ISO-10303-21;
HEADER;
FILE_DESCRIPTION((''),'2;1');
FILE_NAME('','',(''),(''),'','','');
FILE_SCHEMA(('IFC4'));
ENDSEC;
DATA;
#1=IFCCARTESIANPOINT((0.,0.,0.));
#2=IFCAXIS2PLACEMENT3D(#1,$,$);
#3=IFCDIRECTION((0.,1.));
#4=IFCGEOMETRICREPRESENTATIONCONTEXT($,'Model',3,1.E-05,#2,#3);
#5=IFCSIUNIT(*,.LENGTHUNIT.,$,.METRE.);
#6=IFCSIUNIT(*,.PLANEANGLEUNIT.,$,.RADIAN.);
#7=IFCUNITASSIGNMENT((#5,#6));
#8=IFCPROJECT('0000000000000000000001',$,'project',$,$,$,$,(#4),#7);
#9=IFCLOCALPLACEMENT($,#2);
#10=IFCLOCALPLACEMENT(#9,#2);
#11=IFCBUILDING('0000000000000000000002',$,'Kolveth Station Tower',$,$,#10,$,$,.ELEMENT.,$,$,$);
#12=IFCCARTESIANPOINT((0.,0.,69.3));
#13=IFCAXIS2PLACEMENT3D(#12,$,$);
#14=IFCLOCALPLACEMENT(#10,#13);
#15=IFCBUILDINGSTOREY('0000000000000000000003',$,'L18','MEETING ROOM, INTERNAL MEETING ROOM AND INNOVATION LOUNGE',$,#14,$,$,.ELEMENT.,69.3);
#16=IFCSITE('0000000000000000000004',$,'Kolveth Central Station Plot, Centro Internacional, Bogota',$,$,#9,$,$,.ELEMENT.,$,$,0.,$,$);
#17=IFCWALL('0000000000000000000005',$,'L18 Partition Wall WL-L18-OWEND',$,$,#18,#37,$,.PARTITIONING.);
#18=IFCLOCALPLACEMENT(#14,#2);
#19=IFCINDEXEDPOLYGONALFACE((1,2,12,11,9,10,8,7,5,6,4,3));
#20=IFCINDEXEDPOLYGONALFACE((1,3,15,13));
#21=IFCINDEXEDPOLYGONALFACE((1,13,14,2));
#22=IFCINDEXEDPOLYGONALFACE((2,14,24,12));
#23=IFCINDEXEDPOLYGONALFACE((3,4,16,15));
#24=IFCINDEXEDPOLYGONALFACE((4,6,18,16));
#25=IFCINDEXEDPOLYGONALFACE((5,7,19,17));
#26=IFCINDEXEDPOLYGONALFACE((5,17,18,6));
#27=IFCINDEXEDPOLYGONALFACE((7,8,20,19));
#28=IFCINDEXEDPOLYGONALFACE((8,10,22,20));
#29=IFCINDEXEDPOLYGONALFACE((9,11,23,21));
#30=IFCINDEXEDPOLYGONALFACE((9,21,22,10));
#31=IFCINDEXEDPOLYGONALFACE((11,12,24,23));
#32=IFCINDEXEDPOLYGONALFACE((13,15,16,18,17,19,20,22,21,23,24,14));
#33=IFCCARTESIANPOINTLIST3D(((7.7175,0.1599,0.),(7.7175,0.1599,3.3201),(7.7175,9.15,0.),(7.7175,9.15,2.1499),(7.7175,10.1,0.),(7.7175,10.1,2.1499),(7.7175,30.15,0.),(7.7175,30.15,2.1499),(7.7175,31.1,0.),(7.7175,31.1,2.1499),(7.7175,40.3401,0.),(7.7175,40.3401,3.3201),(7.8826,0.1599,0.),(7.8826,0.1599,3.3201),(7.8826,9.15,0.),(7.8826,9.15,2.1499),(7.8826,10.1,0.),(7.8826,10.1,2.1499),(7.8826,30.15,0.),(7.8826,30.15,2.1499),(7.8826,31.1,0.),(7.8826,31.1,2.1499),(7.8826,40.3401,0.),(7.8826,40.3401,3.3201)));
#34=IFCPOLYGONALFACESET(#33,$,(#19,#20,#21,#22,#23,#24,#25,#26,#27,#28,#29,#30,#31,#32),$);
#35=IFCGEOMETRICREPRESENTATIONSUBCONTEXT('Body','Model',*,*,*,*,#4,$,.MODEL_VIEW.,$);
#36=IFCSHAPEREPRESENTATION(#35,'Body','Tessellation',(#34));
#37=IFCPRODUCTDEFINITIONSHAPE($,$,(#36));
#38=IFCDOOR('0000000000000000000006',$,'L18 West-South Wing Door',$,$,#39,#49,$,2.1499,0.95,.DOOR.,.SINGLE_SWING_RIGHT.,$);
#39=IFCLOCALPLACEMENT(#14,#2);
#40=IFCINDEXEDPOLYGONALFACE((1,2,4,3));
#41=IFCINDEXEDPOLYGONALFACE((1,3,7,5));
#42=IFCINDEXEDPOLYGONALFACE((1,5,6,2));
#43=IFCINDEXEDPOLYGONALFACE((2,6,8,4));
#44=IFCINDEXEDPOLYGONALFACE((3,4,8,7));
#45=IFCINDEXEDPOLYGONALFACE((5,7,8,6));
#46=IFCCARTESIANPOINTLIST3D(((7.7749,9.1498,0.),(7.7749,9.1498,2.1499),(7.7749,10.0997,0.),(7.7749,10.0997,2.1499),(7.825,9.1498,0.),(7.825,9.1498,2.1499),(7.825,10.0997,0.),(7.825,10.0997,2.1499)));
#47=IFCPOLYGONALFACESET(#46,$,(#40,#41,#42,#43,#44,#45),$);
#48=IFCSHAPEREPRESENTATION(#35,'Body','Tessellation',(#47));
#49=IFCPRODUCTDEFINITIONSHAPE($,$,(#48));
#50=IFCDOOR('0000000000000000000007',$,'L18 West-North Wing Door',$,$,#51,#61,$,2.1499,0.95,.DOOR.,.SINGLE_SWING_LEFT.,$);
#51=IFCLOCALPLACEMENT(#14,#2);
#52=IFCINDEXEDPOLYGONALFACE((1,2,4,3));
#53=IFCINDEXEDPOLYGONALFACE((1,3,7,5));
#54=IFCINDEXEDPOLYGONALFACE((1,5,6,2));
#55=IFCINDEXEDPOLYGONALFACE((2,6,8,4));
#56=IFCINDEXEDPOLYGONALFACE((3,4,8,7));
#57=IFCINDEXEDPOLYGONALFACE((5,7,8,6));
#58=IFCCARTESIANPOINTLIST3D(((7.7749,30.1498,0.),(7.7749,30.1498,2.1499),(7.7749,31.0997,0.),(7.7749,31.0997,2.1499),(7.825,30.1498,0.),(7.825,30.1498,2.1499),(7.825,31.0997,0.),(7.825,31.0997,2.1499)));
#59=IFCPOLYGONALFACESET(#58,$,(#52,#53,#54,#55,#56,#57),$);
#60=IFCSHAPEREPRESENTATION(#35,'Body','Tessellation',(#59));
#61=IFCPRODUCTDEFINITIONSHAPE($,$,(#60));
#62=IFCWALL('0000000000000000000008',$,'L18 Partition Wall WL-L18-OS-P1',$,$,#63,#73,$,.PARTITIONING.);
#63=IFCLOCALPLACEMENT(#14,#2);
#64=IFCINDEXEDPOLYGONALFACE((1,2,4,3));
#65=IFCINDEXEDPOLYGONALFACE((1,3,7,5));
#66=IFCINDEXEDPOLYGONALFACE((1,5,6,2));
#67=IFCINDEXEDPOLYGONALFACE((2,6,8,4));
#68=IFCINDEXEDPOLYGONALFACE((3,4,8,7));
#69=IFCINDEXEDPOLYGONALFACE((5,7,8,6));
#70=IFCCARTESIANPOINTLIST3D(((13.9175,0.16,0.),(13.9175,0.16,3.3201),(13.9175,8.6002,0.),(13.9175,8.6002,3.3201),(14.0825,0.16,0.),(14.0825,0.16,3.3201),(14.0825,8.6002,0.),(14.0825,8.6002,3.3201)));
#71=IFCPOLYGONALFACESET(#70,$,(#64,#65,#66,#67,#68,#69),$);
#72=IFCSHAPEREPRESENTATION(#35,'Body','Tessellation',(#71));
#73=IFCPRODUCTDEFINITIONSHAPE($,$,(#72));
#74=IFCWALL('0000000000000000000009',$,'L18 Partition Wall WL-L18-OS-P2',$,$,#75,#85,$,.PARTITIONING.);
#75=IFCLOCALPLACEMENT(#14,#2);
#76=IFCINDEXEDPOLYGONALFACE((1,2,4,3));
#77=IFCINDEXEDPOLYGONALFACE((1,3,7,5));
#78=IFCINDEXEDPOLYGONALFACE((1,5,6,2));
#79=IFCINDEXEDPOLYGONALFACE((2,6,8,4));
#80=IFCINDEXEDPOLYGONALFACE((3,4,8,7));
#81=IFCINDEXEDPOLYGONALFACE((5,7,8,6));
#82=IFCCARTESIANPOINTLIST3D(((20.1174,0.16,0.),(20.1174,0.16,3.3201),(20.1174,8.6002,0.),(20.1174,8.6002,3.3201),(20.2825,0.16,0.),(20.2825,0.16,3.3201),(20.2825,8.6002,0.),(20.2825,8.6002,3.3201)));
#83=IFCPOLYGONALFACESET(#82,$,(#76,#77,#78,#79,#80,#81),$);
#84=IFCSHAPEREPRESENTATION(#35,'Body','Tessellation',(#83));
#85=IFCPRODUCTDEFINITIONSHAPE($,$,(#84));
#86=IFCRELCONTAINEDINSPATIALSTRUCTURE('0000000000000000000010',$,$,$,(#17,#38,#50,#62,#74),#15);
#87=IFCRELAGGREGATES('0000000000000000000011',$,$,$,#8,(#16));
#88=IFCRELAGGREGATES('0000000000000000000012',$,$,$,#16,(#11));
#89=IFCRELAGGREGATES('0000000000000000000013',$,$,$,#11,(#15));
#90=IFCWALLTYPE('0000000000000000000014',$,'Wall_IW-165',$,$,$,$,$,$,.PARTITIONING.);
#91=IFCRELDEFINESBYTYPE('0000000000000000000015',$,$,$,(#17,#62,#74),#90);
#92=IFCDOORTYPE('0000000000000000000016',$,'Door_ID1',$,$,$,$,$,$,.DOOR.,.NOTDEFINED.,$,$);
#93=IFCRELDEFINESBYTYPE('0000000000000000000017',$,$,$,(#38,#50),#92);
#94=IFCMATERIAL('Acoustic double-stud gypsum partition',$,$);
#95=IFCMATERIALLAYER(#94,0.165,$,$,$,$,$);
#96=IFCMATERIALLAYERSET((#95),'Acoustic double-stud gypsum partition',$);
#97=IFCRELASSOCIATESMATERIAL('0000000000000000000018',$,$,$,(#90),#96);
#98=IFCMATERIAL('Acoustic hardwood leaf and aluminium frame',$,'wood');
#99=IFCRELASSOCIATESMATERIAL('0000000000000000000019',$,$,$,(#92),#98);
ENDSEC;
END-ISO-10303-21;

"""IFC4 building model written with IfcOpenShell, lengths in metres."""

from ifc_helpers import new_model, si_unit, direction, frame, frame_2d, origin, place, context, subcontext, project, spatial, rectangle, extrude, material, layer, layer_set, type_object, element, fill, save


model = new_model("IFC4")

# Units and contexts
model_context = context("Model", 3, precision=1e-05, world=origin(), true_north=direction((0.0, 1.0)))
body_context = subcontext(model_context, "Body", "Model", "MODEL_VIEW")
ifc_project = project(units=[si_unit("LENGTHUNIT", "METRE"), si_unit("PLANEANGLEUNIT", "RADIAN")], contexts=[model_context])

# Site, building, storey
site_placement = place(None, origin())
site = spatial("IfcSite", under=ifc_project, at=site_placement, Name="Kolveth Central Station Plot, Centro Internacional, Bogota", CompositionType="ELEMENT", RefElevation=0.0)
building_placement = place(site_placement, origin())
building = spatial("IfcBuilding", under=site, at=building_placement, Name="Kolveth Station Tower", CompositionType="ELEMENT")
storey_placement = place(building_placement, frame((0.0, 0.0, 69.3)))
storey = spatial("IfcBuildingStorey", under=building, at=storey_placement, Name="L18", Description="MEETING ROOM, INTERNAL MEETING ROOM AND INNOVATION LOUNGE", CompositionType="ELEMENT", Elevation=69.3)

# Wall, openings, doors
ifc_material_1 = material(Name="Acoustic double-stud gypsum partition")
ifc_layer_1 = layer(ifc_material_1, 0.165)
ifc_layer_set_1 = layer_set([ifc_layer_1], Name="Acoustic double-stud gypsum partition")
wall_type = type_object("IfcWallType", Name="Wall_IW-165", PredefinedType="PARTITIONING", material=ifc_layer_set_1)
wall_placement = place(storey_placement, frame((7.8, 0.1599, 0.0), z_axis=(0.0, 0.0, 1.0), x_axis=(0.0, 1.0, 0.0)))
wall = element("IfcWall", 1, at=wall_placement, inside=storey, type_object=wall_type, Name="L18 Partition Wall WL-L18-OWEND", PredefinedType="PARTITIONING", context=body_context, shape_type="SweptSolid", body=[
    extrude(rectangle(XDim=40.1802, YDim=0.165, at=frame_2d((20.0901, 0.0))), origin(), (0.0, 0.0, 1.0), 3.3201),
])
opening_1_placement = place(wall_placement, frame((8.99, 0.0, 0.0)))
opening_1 = element("IfcOpeningElement", 2, at=opening_1_placement, cuts=wall, PredefinedType="OPENING", context=body_context, shape_type="SweptSolid", body=[
    extrude(rectangle(XDim=0.95, YDim=2.1499, at=frame_2d((0.4751, 1.075))), frame((0.0, 0.0925, 0.0), z_axis=(0.0, -1.0, 0.0), x_axis=(1.0, 0.0, 0.0)), (0.0, 0.0, 1.0), 0.1851),
])
opening_2_placement = place(wall_placement, frame((29.99, 0.0, 0.0)))
opening_2 = element("IfcOpeningElement", 3, at=opening_2_placement, cuts=wall, PredefinedType="OPENING", context=body_context, shape_type="SweptSolid", body=[
    extrude(rectangle(XDim=0.95, YDim=2.1499, at=frame_2d((0.4751, 1.075))), frame((0.0, 0.0925, 0.0), z_axis=(0.0, -1.0, 0.0), x_axis=(1.0, 0.0, 0.0)), (0.0, 0.0, 1.0), 0.1851),
])
ifc_material_2 = material(Name="Acoustic hardwood leaf and aluminium frame", Category="wood")
door_type = type_object("IfcDoorType", Name="Door_ID1", OperationType="NOTDEFINED", PredefinedType="DOOR", material=ifc_material_2)
door_1_placement = place(opening_1_placement, frame((0.95, 0.0, 0.0), z_axis=(0.0, 0.0, 1.0), x_axis=(-1.0, 0.0, 0.0)))
door_1 = element("IfcDoor", 4, at=door_1_placement, inside=storey, type_object=door_type, Name="L18 West-South Wing Door", OperationType="SINGLE_SWING_RIGHT", OverallHeight=2.1499, OverallWidth=0.95, PredefinedType="DOOR", context=body_context, shape_type="SweptSolid", body=[
    extrude(rectangle(XDim=0.95, YDim=2.1499, at=frame_2d((0.4751, 1.075))), frame((0.0, 0.0249, 0.0), z_axis=(0.0, -1.0, 0.0), x_axis=(1.0, 0.0, 0.0)), (0.0, 0.0, 1.0), 0.05),
])
fill(opening_1, door_1)
door_2_placement = place(opening_2_placement, frame((0.95, 0.0, 0.0), z_axis=(0.0, 0.0, 1.0), x_axis=(-1.0, 0.0, 0.0)))
door_2 = element("IfcDoor", 5, at=door_2_placement, inside=storey, type_object=door_type, Name="L18 West-North Wing Door", OperationType="SINGLE_SWING_LEFT", OverallHeight=2.1499, OverallWidth=0.95, PredefinedType="DOOR", context=body_context, shape_type="SweptSolid", body=[
    extrude(rectangle(XDim=0.95, YDim=2.1499, at=frame_2d((0.4751, 1.075))), frame((0.0, 0.0249, 0.0), z_axis=(0.0, -1.0, 0.0), x_axis=(1.0, 0.0, 0.0)), (0.0, 0.0, 1.0), 0.05),
])
fill(opening_2, door_2)

# Walls
for number, where, z_axis, x_axis, name in (
    (6, (14.0, 0.1599, 0.0), (0.0, 0.0, 1.0), (0.0, 1.0, 0.0), "L18 Partition Wall WL-L18-OS-P1"),
    (7, (20.2, 0.1599, 0.0), (0.0, 0.0, 1.0), (0.0, 1.0, 0.0), "L18 Partition Wall WL-L18-OS-P2"),
):
    element("IfcWall", number, at=place(storey_placement, frame(where, z_axis=z_axis, x_axis=x_axis)), inside=storey, type_object=wall_type, Name=name, PredefinedType="PARTITIONING", context=body_context, shape_type="SweptSolid", body=[
        extrude(rectangle(XDim=8.4402, YDim=0.165, at=frame_2d((4.2202, 0.0))), origin(), (0.0, 0.0, 1.0), 3.3201),
    ])

save(model, "model.ifc")
